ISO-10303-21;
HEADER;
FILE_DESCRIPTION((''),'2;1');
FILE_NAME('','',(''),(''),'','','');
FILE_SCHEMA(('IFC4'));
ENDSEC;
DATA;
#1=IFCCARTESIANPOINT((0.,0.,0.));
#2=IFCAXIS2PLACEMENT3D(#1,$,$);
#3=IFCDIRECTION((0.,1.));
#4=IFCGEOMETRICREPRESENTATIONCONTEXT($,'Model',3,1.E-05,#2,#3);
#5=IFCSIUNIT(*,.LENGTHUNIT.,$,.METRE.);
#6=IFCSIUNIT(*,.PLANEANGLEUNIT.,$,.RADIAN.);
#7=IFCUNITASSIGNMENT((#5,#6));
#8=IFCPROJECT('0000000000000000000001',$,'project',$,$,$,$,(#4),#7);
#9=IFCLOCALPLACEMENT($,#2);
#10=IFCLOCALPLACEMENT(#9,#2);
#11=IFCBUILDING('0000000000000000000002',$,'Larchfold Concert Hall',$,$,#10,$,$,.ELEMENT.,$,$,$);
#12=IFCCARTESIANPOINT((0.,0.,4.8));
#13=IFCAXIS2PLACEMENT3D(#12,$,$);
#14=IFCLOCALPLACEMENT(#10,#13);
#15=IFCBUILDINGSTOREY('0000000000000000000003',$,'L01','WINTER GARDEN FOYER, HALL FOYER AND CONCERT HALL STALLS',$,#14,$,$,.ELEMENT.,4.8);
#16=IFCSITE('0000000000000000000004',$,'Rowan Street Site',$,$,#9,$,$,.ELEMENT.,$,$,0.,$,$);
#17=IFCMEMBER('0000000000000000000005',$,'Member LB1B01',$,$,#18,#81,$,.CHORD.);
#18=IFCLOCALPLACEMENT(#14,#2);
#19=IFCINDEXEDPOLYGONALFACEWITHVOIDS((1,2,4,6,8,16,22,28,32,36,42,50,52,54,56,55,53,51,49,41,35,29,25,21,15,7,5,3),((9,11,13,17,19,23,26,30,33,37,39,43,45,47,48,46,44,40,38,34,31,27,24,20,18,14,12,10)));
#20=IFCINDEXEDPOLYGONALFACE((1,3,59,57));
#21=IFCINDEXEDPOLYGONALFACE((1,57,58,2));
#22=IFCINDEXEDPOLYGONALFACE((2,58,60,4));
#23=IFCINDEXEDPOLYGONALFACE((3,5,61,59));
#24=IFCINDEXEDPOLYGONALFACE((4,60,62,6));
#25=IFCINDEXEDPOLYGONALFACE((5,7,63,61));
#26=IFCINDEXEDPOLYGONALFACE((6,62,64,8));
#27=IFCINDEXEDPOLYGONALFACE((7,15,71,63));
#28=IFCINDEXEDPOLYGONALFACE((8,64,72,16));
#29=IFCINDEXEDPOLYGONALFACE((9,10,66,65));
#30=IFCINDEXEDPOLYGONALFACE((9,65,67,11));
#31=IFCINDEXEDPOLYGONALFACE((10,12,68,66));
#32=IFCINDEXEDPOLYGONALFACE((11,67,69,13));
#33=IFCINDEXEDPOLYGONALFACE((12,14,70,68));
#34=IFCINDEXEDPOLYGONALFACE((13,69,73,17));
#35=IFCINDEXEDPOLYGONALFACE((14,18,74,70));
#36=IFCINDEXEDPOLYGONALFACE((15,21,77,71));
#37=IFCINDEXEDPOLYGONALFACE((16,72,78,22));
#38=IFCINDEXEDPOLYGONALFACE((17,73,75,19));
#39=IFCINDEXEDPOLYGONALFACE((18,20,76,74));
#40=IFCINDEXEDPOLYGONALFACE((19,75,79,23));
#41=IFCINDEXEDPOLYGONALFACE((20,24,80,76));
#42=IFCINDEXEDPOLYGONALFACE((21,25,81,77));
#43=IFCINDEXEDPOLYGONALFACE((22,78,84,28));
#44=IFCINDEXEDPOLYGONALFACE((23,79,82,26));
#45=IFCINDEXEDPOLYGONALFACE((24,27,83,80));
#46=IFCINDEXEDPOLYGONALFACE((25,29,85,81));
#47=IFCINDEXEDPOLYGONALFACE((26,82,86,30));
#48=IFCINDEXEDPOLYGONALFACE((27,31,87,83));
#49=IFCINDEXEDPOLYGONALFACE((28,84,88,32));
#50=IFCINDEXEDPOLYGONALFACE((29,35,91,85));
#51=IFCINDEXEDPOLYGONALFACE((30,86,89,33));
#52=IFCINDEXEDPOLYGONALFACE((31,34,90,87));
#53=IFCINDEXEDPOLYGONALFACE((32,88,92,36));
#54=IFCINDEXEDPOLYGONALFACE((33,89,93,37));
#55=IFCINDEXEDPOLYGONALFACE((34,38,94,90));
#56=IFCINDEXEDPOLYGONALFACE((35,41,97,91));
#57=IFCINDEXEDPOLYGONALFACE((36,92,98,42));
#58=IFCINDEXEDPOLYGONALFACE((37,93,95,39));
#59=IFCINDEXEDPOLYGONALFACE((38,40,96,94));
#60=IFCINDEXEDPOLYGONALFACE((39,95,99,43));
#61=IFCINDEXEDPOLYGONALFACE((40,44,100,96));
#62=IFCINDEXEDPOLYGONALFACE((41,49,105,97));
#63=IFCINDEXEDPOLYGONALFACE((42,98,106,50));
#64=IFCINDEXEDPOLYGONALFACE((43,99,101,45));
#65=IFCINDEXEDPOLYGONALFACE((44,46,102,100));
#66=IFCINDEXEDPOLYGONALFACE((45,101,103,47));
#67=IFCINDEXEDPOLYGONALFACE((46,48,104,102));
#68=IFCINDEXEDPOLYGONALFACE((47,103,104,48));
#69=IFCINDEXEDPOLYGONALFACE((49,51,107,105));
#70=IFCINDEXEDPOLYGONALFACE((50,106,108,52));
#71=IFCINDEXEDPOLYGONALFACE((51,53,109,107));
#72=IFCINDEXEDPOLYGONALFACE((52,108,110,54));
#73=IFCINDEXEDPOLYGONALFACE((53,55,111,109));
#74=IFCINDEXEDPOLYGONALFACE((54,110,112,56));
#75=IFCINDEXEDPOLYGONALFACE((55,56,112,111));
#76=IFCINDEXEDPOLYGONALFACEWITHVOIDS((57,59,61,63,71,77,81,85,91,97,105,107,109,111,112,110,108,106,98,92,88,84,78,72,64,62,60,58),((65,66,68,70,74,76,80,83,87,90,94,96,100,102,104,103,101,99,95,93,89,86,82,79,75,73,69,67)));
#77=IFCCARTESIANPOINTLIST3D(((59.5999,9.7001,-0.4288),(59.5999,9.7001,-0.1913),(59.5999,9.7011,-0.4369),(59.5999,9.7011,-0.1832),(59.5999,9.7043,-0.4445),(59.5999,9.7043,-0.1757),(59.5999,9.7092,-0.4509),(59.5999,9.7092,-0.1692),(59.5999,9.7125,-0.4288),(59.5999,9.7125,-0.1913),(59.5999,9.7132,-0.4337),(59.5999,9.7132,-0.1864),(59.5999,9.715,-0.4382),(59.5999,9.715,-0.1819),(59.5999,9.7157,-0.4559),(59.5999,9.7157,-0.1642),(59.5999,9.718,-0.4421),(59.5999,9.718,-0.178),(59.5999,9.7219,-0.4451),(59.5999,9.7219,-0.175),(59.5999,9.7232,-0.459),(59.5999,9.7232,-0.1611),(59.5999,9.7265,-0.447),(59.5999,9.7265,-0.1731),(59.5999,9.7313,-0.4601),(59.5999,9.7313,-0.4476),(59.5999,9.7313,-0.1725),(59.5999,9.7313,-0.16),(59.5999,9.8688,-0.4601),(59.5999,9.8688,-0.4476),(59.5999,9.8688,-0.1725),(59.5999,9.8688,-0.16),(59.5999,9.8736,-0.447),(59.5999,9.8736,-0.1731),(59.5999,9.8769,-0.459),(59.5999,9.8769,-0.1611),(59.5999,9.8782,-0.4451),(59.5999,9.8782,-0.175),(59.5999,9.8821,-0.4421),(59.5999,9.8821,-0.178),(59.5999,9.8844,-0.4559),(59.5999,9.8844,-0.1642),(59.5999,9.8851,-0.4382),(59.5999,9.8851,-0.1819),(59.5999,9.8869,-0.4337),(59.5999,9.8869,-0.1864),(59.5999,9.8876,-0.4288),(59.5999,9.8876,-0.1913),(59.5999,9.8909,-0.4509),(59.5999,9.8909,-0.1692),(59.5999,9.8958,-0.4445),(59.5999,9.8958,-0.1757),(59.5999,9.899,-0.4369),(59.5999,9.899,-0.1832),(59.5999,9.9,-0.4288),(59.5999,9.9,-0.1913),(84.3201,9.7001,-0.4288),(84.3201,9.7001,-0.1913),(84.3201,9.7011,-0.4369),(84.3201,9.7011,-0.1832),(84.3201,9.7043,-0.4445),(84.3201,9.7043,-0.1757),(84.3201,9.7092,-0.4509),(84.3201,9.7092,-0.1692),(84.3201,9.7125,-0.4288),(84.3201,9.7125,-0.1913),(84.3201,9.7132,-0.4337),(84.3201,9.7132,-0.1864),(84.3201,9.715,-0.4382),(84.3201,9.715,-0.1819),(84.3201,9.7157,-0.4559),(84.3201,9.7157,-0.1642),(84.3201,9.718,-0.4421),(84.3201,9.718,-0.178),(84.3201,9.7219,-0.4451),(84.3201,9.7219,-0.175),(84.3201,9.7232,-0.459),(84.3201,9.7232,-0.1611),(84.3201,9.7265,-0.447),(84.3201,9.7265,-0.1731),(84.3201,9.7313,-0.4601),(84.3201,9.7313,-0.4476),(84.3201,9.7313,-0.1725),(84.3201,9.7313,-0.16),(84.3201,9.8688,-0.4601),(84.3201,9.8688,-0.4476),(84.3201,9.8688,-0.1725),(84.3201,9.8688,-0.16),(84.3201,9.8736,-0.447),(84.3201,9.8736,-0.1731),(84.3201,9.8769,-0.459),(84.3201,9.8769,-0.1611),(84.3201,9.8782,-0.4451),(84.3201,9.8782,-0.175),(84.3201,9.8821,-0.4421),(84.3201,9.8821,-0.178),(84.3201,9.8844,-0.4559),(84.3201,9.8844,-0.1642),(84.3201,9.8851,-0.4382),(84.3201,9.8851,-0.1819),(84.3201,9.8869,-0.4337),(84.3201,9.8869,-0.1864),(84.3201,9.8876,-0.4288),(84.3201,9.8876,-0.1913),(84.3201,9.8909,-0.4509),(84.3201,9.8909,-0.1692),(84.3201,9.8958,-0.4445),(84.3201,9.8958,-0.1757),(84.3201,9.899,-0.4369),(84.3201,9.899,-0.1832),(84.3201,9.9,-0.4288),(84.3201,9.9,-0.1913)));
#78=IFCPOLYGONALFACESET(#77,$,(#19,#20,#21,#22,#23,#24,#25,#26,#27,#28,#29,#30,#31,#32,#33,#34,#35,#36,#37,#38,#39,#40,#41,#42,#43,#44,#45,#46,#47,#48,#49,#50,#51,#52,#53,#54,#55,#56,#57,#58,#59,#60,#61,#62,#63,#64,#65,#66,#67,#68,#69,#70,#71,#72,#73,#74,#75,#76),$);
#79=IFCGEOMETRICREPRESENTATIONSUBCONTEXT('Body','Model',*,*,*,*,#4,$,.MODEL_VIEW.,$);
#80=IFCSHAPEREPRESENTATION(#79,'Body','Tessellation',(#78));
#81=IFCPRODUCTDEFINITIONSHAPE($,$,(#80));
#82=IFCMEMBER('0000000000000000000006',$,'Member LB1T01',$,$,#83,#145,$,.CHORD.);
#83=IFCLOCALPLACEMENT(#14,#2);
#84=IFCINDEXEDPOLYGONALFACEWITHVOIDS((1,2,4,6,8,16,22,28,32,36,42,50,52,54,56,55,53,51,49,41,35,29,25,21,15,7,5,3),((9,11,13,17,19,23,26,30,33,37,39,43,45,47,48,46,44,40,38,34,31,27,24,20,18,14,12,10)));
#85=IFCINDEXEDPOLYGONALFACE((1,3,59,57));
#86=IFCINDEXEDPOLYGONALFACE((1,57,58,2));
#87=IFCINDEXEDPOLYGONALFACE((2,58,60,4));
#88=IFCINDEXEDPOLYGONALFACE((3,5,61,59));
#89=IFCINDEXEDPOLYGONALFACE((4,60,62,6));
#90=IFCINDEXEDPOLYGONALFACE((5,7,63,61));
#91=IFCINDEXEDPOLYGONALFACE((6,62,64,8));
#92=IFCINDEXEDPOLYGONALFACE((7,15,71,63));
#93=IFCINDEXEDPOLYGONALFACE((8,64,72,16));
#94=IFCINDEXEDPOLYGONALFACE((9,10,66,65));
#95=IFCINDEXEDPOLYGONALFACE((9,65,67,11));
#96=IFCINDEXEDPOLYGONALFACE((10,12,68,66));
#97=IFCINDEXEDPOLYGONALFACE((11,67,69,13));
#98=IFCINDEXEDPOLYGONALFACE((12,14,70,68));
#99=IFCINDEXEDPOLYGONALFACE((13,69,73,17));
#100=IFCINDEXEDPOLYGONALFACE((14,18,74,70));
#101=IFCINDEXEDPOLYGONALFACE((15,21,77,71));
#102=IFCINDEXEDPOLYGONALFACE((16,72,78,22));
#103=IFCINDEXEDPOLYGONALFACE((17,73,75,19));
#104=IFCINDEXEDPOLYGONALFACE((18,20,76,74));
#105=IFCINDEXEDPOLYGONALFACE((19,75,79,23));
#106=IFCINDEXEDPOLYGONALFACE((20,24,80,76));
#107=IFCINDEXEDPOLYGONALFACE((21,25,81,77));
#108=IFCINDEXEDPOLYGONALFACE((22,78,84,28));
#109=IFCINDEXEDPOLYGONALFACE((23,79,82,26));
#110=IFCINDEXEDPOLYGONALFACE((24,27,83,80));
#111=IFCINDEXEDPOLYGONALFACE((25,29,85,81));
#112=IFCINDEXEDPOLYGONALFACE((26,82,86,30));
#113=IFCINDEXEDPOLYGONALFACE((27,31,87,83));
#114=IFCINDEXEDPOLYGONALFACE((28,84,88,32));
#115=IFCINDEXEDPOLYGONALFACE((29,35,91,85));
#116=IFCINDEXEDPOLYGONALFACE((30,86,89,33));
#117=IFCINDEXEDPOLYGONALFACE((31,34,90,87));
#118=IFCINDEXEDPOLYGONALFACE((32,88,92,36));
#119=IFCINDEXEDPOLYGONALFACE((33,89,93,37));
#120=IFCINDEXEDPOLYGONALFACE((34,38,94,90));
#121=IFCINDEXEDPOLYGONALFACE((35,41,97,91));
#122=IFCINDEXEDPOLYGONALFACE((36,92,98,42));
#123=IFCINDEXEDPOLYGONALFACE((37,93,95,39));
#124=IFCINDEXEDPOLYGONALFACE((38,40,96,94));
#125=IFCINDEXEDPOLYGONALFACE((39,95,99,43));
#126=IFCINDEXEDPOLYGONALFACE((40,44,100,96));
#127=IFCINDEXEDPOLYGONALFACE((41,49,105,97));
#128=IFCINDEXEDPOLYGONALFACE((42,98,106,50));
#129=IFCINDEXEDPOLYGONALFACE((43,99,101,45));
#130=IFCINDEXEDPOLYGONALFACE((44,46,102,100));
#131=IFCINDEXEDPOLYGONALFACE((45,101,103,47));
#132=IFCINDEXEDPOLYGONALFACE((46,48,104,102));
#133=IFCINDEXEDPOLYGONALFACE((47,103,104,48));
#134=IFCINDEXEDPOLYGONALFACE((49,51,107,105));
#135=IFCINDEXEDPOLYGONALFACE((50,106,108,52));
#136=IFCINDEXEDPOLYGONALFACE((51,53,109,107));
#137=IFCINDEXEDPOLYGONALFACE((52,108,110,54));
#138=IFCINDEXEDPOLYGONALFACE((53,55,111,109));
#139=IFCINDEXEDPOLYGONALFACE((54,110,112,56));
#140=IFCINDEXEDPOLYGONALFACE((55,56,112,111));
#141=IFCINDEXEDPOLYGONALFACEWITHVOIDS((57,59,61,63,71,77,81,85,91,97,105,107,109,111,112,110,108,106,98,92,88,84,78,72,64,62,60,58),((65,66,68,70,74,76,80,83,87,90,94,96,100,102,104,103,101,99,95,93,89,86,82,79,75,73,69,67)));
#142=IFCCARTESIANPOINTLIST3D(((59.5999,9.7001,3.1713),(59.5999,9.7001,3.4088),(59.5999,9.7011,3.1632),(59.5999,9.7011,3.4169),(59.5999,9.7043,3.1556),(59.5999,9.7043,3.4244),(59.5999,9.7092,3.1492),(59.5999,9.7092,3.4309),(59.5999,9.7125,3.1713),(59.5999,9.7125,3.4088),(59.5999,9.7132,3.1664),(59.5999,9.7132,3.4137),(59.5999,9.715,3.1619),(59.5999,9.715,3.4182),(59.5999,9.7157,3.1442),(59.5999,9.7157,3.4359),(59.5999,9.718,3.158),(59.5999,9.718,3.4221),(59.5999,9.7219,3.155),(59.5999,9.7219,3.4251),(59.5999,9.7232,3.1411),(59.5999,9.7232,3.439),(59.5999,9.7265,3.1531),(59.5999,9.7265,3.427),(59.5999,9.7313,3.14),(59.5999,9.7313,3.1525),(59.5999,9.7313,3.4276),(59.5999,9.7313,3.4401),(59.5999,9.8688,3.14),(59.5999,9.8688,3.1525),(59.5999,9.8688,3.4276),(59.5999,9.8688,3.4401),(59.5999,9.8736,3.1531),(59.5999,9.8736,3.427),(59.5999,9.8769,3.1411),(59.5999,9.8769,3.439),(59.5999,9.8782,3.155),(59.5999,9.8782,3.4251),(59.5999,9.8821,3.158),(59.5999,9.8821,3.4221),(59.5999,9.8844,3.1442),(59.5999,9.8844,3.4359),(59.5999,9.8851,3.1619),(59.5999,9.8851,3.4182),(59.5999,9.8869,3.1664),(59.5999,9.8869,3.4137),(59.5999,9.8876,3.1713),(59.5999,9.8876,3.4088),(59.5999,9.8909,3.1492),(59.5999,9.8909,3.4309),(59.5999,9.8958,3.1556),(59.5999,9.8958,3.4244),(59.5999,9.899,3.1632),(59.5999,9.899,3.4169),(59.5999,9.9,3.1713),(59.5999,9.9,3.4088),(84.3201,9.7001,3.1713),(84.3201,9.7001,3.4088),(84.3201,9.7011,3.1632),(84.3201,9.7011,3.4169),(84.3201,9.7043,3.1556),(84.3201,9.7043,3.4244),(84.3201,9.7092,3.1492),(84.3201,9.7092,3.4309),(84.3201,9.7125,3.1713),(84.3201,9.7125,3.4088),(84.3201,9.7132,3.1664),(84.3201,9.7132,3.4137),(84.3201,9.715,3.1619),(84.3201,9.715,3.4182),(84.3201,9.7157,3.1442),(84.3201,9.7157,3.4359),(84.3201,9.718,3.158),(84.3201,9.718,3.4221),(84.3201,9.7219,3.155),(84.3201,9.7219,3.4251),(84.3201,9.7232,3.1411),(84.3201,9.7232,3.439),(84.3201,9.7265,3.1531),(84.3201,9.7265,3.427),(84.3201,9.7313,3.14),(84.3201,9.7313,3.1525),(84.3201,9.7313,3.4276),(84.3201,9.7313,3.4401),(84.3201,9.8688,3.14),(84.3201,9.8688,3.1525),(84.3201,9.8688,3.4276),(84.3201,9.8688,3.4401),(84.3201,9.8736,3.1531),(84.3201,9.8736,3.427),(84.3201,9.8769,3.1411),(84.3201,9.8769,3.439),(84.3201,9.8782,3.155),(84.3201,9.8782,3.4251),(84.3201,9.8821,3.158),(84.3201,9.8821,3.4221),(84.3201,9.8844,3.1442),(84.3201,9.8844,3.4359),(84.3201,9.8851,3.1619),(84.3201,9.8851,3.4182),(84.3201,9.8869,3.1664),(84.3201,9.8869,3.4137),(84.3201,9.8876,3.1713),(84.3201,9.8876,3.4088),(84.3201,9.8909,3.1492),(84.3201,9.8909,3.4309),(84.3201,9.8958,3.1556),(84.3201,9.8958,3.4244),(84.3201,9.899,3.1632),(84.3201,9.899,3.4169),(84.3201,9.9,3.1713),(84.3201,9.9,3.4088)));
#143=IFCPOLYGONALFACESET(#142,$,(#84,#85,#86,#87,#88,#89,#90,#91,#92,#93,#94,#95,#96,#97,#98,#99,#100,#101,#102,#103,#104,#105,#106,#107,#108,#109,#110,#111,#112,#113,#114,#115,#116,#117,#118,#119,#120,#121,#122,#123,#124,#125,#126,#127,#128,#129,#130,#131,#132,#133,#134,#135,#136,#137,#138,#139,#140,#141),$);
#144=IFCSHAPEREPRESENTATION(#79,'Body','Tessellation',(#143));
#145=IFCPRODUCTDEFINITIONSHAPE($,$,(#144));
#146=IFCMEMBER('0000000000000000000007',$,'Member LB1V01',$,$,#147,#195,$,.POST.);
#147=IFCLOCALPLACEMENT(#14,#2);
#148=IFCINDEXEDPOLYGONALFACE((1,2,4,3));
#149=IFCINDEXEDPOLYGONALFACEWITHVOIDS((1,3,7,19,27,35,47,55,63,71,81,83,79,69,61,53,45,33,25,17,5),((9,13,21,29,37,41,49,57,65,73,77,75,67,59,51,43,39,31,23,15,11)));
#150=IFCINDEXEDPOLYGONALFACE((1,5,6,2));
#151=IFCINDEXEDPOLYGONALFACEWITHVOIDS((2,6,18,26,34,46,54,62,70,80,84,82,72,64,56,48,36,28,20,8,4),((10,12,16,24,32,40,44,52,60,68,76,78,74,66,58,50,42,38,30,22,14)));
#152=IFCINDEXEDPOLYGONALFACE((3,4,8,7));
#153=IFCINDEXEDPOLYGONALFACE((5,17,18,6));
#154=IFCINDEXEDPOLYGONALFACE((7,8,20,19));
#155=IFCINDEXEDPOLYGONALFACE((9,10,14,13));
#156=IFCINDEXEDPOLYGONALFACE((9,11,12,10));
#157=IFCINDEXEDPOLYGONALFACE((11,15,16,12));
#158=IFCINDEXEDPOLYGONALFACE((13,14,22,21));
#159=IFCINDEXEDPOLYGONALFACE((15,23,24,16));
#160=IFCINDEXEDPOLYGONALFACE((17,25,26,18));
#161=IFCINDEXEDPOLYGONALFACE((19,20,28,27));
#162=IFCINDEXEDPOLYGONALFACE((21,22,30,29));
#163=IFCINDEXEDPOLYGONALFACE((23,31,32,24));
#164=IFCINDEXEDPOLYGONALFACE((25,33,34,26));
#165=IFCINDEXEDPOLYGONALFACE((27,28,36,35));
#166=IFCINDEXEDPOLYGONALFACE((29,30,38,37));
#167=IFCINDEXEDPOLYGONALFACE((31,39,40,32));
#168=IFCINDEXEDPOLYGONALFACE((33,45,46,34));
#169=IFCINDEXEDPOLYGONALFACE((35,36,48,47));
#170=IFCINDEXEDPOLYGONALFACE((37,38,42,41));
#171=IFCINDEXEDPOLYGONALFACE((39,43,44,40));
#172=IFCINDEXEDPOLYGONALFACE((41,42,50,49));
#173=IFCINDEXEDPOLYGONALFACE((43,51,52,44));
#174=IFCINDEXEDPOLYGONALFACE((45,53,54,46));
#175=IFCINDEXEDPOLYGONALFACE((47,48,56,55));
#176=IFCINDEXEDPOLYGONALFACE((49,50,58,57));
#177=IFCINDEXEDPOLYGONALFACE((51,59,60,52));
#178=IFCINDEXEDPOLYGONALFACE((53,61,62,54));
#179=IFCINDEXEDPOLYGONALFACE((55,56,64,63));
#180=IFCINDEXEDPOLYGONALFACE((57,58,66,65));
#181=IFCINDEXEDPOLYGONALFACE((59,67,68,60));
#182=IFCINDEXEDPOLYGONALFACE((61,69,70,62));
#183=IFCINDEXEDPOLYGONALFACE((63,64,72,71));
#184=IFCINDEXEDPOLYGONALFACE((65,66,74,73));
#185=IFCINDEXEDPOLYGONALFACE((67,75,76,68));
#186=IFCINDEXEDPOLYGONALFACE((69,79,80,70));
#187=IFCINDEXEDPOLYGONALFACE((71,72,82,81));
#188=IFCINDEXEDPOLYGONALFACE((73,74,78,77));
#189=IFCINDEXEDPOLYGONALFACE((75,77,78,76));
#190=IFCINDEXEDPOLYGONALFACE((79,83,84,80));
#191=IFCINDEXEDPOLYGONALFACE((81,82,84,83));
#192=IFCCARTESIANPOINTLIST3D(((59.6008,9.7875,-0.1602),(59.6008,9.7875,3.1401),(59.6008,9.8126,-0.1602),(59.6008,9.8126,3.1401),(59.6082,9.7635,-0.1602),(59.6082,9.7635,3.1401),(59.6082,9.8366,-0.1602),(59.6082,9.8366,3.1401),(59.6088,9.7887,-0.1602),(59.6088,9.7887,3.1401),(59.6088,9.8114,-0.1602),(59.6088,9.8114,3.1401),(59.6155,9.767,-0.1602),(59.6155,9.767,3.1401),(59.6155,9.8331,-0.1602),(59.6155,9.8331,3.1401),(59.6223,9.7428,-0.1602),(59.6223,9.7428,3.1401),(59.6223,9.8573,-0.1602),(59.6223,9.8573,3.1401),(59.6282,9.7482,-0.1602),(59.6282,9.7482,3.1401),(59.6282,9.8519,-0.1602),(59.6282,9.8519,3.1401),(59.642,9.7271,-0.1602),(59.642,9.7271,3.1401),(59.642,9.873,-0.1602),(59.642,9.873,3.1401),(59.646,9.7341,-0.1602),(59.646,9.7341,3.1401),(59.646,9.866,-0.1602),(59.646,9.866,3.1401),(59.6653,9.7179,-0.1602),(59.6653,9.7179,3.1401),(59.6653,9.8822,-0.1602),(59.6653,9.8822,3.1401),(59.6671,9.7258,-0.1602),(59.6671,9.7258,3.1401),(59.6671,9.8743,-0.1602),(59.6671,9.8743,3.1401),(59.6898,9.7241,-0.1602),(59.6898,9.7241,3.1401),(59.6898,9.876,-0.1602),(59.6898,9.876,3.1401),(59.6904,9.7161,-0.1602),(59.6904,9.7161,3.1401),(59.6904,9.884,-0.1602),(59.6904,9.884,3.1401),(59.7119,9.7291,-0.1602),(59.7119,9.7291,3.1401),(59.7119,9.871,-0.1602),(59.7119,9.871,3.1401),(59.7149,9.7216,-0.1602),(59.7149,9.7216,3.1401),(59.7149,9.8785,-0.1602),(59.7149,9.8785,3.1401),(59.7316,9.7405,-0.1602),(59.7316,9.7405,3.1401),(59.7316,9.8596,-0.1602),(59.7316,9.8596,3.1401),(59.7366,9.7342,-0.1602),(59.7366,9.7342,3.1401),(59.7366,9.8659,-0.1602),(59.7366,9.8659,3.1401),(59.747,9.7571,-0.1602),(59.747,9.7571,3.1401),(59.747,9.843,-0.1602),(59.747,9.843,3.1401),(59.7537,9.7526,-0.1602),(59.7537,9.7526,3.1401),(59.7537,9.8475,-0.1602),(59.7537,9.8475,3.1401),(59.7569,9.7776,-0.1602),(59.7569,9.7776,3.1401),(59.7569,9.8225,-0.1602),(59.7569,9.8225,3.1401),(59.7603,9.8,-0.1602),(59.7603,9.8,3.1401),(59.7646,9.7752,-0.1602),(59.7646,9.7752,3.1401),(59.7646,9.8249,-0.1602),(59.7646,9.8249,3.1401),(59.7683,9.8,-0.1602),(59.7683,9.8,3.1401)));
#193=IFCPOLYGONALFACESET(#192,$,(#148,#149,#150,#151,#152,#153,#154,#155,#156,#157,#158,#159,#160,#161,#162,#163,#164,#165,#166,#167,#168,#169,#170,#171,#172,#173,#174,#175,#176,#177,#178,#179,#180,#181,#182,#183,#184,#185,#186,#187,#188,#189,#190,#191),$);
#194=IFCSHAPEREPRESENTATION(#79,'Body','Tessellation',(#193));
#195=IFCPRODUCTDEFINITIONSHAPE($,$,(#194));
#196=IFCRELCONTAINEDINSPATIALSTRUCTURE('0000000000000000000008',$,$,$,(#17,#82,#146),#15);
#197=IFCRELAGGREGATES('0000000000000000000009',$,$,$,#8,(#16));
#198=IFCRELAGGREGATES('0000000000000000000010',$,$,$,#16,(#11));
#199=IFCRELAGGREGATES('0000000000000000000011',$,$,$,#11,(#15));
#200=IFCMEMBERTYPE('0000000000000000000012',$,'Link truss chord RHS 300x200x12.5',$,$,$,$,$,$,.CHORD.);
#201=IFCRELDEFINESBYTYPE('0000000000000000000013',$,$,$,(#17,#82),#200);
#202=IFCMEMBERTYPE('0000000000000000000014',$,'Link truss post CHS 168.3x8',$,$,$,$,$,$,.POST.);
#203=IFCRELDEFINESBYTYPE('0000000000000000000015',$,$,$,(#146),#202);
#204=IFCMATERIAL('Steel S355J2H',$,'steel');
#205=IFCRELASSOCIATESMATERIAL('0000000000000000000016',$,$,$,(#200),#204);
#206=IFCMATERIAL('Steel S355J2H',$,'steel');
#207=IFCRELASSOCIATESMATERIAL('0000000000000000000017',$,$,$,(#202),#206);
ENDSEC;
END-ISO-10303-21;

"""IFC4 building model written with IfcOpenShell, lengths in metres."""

from ifc_helpers import new_model, si_unit, direction, frame, origin, origin_2d, place, context, subcontext, project, spatial, hollow_rectangle, hollow_circle, extrude, material, material_profile, profile_set, type_object, element, save


model = new_model("IFC4")

# Units and contexts
model_context = context("Model", 3, precision=1e-05, world=origin(), true_north=direction((0.0, 1.0)))
body_context = subcontext(model_context, "Body", "Model", "MODEL_VIEW")
ifc_project = project(units=[si_unit("LENGTHUNIT", "METRE"), si_unit("PLANEANGLEUNIT", "RADIAN")], contexts=[model_context])

# Site, building, storey
site_placement = place(None, origin())
site = spatial("IfcSite", under=ifc_project, at=site_placement, Name="Rowan Street Site", CompositionType="ELEMENT", RefElevation=0.0)
building_placement = place(site_placement, origin())
building = spatial("IfcBuilding", under=site, at=building_placement, Name="Larchfold Concert Hall", CompositionType="ELEMENT")
storey_placement = place(building_placement, frame((0.0, 0.0, 4.8)))
storey = spatial("IfcBuildingStorey", under=building, at=storey_placement, Name="L01", Description="WINTER GARDEN FOYER, HALL FOYER AND CONCERT HALL STALLS", CompositionType="ELEMENT", Elevation=4.8)

# Members
ifc_material_1 = material(Name="Steel S355J2H", Category="steel")
ifc_material_profile_1 = material_profile(ifc_material_1, hollow_rectangle(XDim=0.2, YDim=0.3, WallThickness=0.0125, InnerFilletRadius=0.0188, OuterFilletRadius=0.0312, at=origin_2d()))
ifc_profile_set_1 = profile_set([ifc_material_profile_1], Name="Steel S355J2H")
member_type_1 = type_object("IfcMemberType", Name="Link truss chord RHS 300x200x12.5", PredefinedType="CHORD", material=ifc_profile_set_1)
for number, where, z_axis, x_axis, name in (
    (1, (59.5999, 9.8, -0.3101), (1.0, 0.0, 0.0), (0.0, 1.0, 0.0), "Member LB1B01"),
    (2, (59.5999, 9.8, 3.29), (1.0, 0.0, 0.0), (0.0, 1.0, 0.0), "Member LB1T01"),
):
    element("IfcMember", number, at=place(storey_placement, frame(where, z_axis=z_axis, x_axis=x_axis)), inside=storey, type_object=member_type_1, Name=name, PredefinedType="CHORD", context=body_context, shape_type="SweptSolid", body=[
        extrude(hollow_rectangle(XDim=0.2, YDim=0.3, WallThickness=0.0125, InnerFilletRadius=0.0188, OuterFilletRadius=0.0312, at=origin_2d()), origin(), (0.0, 0.0, 1.0), 24.7202),
    ])
ifc_material_2 = material(Name="Steel S355J2H", Category="steel")
ifc_material_profile_2 = material_profile(ifc_material_2, hollow_circle(Radius=0.0842, WallThickness=0.0081, at=origin_2d()))
ifc_profile_set_2 = profile_set([ifc_material_profile_2], Name="Steel S355J2H")
member_type_2 = type_object("IfcMemberType", Name="Link truss post CHS 168.3x8", PredefinedType="POST", material=ifc_profile_set_2)
member_1_placement = place(storey_placement, frame((59.6841, 9.8, -0.1602), z_axis=(0.0, 0.0, 1.0), x_axis=(1.0, 0.0, 0.0)))
element("IfcMember", 3, at=member_1_placement, inside=storey, type_object=member_type_2, Name="Member LB1V01", PredefinedType="POST", context=body_context, shape_type="SweptSolid", body=[
    extrude(hollow_circle(Radius=0.0842, WallThickness=0.0081, at=origin_2d()), origin(), (0.0, 0.0, 1.0), 3.3003),
])

save(model, "model.ifc")
